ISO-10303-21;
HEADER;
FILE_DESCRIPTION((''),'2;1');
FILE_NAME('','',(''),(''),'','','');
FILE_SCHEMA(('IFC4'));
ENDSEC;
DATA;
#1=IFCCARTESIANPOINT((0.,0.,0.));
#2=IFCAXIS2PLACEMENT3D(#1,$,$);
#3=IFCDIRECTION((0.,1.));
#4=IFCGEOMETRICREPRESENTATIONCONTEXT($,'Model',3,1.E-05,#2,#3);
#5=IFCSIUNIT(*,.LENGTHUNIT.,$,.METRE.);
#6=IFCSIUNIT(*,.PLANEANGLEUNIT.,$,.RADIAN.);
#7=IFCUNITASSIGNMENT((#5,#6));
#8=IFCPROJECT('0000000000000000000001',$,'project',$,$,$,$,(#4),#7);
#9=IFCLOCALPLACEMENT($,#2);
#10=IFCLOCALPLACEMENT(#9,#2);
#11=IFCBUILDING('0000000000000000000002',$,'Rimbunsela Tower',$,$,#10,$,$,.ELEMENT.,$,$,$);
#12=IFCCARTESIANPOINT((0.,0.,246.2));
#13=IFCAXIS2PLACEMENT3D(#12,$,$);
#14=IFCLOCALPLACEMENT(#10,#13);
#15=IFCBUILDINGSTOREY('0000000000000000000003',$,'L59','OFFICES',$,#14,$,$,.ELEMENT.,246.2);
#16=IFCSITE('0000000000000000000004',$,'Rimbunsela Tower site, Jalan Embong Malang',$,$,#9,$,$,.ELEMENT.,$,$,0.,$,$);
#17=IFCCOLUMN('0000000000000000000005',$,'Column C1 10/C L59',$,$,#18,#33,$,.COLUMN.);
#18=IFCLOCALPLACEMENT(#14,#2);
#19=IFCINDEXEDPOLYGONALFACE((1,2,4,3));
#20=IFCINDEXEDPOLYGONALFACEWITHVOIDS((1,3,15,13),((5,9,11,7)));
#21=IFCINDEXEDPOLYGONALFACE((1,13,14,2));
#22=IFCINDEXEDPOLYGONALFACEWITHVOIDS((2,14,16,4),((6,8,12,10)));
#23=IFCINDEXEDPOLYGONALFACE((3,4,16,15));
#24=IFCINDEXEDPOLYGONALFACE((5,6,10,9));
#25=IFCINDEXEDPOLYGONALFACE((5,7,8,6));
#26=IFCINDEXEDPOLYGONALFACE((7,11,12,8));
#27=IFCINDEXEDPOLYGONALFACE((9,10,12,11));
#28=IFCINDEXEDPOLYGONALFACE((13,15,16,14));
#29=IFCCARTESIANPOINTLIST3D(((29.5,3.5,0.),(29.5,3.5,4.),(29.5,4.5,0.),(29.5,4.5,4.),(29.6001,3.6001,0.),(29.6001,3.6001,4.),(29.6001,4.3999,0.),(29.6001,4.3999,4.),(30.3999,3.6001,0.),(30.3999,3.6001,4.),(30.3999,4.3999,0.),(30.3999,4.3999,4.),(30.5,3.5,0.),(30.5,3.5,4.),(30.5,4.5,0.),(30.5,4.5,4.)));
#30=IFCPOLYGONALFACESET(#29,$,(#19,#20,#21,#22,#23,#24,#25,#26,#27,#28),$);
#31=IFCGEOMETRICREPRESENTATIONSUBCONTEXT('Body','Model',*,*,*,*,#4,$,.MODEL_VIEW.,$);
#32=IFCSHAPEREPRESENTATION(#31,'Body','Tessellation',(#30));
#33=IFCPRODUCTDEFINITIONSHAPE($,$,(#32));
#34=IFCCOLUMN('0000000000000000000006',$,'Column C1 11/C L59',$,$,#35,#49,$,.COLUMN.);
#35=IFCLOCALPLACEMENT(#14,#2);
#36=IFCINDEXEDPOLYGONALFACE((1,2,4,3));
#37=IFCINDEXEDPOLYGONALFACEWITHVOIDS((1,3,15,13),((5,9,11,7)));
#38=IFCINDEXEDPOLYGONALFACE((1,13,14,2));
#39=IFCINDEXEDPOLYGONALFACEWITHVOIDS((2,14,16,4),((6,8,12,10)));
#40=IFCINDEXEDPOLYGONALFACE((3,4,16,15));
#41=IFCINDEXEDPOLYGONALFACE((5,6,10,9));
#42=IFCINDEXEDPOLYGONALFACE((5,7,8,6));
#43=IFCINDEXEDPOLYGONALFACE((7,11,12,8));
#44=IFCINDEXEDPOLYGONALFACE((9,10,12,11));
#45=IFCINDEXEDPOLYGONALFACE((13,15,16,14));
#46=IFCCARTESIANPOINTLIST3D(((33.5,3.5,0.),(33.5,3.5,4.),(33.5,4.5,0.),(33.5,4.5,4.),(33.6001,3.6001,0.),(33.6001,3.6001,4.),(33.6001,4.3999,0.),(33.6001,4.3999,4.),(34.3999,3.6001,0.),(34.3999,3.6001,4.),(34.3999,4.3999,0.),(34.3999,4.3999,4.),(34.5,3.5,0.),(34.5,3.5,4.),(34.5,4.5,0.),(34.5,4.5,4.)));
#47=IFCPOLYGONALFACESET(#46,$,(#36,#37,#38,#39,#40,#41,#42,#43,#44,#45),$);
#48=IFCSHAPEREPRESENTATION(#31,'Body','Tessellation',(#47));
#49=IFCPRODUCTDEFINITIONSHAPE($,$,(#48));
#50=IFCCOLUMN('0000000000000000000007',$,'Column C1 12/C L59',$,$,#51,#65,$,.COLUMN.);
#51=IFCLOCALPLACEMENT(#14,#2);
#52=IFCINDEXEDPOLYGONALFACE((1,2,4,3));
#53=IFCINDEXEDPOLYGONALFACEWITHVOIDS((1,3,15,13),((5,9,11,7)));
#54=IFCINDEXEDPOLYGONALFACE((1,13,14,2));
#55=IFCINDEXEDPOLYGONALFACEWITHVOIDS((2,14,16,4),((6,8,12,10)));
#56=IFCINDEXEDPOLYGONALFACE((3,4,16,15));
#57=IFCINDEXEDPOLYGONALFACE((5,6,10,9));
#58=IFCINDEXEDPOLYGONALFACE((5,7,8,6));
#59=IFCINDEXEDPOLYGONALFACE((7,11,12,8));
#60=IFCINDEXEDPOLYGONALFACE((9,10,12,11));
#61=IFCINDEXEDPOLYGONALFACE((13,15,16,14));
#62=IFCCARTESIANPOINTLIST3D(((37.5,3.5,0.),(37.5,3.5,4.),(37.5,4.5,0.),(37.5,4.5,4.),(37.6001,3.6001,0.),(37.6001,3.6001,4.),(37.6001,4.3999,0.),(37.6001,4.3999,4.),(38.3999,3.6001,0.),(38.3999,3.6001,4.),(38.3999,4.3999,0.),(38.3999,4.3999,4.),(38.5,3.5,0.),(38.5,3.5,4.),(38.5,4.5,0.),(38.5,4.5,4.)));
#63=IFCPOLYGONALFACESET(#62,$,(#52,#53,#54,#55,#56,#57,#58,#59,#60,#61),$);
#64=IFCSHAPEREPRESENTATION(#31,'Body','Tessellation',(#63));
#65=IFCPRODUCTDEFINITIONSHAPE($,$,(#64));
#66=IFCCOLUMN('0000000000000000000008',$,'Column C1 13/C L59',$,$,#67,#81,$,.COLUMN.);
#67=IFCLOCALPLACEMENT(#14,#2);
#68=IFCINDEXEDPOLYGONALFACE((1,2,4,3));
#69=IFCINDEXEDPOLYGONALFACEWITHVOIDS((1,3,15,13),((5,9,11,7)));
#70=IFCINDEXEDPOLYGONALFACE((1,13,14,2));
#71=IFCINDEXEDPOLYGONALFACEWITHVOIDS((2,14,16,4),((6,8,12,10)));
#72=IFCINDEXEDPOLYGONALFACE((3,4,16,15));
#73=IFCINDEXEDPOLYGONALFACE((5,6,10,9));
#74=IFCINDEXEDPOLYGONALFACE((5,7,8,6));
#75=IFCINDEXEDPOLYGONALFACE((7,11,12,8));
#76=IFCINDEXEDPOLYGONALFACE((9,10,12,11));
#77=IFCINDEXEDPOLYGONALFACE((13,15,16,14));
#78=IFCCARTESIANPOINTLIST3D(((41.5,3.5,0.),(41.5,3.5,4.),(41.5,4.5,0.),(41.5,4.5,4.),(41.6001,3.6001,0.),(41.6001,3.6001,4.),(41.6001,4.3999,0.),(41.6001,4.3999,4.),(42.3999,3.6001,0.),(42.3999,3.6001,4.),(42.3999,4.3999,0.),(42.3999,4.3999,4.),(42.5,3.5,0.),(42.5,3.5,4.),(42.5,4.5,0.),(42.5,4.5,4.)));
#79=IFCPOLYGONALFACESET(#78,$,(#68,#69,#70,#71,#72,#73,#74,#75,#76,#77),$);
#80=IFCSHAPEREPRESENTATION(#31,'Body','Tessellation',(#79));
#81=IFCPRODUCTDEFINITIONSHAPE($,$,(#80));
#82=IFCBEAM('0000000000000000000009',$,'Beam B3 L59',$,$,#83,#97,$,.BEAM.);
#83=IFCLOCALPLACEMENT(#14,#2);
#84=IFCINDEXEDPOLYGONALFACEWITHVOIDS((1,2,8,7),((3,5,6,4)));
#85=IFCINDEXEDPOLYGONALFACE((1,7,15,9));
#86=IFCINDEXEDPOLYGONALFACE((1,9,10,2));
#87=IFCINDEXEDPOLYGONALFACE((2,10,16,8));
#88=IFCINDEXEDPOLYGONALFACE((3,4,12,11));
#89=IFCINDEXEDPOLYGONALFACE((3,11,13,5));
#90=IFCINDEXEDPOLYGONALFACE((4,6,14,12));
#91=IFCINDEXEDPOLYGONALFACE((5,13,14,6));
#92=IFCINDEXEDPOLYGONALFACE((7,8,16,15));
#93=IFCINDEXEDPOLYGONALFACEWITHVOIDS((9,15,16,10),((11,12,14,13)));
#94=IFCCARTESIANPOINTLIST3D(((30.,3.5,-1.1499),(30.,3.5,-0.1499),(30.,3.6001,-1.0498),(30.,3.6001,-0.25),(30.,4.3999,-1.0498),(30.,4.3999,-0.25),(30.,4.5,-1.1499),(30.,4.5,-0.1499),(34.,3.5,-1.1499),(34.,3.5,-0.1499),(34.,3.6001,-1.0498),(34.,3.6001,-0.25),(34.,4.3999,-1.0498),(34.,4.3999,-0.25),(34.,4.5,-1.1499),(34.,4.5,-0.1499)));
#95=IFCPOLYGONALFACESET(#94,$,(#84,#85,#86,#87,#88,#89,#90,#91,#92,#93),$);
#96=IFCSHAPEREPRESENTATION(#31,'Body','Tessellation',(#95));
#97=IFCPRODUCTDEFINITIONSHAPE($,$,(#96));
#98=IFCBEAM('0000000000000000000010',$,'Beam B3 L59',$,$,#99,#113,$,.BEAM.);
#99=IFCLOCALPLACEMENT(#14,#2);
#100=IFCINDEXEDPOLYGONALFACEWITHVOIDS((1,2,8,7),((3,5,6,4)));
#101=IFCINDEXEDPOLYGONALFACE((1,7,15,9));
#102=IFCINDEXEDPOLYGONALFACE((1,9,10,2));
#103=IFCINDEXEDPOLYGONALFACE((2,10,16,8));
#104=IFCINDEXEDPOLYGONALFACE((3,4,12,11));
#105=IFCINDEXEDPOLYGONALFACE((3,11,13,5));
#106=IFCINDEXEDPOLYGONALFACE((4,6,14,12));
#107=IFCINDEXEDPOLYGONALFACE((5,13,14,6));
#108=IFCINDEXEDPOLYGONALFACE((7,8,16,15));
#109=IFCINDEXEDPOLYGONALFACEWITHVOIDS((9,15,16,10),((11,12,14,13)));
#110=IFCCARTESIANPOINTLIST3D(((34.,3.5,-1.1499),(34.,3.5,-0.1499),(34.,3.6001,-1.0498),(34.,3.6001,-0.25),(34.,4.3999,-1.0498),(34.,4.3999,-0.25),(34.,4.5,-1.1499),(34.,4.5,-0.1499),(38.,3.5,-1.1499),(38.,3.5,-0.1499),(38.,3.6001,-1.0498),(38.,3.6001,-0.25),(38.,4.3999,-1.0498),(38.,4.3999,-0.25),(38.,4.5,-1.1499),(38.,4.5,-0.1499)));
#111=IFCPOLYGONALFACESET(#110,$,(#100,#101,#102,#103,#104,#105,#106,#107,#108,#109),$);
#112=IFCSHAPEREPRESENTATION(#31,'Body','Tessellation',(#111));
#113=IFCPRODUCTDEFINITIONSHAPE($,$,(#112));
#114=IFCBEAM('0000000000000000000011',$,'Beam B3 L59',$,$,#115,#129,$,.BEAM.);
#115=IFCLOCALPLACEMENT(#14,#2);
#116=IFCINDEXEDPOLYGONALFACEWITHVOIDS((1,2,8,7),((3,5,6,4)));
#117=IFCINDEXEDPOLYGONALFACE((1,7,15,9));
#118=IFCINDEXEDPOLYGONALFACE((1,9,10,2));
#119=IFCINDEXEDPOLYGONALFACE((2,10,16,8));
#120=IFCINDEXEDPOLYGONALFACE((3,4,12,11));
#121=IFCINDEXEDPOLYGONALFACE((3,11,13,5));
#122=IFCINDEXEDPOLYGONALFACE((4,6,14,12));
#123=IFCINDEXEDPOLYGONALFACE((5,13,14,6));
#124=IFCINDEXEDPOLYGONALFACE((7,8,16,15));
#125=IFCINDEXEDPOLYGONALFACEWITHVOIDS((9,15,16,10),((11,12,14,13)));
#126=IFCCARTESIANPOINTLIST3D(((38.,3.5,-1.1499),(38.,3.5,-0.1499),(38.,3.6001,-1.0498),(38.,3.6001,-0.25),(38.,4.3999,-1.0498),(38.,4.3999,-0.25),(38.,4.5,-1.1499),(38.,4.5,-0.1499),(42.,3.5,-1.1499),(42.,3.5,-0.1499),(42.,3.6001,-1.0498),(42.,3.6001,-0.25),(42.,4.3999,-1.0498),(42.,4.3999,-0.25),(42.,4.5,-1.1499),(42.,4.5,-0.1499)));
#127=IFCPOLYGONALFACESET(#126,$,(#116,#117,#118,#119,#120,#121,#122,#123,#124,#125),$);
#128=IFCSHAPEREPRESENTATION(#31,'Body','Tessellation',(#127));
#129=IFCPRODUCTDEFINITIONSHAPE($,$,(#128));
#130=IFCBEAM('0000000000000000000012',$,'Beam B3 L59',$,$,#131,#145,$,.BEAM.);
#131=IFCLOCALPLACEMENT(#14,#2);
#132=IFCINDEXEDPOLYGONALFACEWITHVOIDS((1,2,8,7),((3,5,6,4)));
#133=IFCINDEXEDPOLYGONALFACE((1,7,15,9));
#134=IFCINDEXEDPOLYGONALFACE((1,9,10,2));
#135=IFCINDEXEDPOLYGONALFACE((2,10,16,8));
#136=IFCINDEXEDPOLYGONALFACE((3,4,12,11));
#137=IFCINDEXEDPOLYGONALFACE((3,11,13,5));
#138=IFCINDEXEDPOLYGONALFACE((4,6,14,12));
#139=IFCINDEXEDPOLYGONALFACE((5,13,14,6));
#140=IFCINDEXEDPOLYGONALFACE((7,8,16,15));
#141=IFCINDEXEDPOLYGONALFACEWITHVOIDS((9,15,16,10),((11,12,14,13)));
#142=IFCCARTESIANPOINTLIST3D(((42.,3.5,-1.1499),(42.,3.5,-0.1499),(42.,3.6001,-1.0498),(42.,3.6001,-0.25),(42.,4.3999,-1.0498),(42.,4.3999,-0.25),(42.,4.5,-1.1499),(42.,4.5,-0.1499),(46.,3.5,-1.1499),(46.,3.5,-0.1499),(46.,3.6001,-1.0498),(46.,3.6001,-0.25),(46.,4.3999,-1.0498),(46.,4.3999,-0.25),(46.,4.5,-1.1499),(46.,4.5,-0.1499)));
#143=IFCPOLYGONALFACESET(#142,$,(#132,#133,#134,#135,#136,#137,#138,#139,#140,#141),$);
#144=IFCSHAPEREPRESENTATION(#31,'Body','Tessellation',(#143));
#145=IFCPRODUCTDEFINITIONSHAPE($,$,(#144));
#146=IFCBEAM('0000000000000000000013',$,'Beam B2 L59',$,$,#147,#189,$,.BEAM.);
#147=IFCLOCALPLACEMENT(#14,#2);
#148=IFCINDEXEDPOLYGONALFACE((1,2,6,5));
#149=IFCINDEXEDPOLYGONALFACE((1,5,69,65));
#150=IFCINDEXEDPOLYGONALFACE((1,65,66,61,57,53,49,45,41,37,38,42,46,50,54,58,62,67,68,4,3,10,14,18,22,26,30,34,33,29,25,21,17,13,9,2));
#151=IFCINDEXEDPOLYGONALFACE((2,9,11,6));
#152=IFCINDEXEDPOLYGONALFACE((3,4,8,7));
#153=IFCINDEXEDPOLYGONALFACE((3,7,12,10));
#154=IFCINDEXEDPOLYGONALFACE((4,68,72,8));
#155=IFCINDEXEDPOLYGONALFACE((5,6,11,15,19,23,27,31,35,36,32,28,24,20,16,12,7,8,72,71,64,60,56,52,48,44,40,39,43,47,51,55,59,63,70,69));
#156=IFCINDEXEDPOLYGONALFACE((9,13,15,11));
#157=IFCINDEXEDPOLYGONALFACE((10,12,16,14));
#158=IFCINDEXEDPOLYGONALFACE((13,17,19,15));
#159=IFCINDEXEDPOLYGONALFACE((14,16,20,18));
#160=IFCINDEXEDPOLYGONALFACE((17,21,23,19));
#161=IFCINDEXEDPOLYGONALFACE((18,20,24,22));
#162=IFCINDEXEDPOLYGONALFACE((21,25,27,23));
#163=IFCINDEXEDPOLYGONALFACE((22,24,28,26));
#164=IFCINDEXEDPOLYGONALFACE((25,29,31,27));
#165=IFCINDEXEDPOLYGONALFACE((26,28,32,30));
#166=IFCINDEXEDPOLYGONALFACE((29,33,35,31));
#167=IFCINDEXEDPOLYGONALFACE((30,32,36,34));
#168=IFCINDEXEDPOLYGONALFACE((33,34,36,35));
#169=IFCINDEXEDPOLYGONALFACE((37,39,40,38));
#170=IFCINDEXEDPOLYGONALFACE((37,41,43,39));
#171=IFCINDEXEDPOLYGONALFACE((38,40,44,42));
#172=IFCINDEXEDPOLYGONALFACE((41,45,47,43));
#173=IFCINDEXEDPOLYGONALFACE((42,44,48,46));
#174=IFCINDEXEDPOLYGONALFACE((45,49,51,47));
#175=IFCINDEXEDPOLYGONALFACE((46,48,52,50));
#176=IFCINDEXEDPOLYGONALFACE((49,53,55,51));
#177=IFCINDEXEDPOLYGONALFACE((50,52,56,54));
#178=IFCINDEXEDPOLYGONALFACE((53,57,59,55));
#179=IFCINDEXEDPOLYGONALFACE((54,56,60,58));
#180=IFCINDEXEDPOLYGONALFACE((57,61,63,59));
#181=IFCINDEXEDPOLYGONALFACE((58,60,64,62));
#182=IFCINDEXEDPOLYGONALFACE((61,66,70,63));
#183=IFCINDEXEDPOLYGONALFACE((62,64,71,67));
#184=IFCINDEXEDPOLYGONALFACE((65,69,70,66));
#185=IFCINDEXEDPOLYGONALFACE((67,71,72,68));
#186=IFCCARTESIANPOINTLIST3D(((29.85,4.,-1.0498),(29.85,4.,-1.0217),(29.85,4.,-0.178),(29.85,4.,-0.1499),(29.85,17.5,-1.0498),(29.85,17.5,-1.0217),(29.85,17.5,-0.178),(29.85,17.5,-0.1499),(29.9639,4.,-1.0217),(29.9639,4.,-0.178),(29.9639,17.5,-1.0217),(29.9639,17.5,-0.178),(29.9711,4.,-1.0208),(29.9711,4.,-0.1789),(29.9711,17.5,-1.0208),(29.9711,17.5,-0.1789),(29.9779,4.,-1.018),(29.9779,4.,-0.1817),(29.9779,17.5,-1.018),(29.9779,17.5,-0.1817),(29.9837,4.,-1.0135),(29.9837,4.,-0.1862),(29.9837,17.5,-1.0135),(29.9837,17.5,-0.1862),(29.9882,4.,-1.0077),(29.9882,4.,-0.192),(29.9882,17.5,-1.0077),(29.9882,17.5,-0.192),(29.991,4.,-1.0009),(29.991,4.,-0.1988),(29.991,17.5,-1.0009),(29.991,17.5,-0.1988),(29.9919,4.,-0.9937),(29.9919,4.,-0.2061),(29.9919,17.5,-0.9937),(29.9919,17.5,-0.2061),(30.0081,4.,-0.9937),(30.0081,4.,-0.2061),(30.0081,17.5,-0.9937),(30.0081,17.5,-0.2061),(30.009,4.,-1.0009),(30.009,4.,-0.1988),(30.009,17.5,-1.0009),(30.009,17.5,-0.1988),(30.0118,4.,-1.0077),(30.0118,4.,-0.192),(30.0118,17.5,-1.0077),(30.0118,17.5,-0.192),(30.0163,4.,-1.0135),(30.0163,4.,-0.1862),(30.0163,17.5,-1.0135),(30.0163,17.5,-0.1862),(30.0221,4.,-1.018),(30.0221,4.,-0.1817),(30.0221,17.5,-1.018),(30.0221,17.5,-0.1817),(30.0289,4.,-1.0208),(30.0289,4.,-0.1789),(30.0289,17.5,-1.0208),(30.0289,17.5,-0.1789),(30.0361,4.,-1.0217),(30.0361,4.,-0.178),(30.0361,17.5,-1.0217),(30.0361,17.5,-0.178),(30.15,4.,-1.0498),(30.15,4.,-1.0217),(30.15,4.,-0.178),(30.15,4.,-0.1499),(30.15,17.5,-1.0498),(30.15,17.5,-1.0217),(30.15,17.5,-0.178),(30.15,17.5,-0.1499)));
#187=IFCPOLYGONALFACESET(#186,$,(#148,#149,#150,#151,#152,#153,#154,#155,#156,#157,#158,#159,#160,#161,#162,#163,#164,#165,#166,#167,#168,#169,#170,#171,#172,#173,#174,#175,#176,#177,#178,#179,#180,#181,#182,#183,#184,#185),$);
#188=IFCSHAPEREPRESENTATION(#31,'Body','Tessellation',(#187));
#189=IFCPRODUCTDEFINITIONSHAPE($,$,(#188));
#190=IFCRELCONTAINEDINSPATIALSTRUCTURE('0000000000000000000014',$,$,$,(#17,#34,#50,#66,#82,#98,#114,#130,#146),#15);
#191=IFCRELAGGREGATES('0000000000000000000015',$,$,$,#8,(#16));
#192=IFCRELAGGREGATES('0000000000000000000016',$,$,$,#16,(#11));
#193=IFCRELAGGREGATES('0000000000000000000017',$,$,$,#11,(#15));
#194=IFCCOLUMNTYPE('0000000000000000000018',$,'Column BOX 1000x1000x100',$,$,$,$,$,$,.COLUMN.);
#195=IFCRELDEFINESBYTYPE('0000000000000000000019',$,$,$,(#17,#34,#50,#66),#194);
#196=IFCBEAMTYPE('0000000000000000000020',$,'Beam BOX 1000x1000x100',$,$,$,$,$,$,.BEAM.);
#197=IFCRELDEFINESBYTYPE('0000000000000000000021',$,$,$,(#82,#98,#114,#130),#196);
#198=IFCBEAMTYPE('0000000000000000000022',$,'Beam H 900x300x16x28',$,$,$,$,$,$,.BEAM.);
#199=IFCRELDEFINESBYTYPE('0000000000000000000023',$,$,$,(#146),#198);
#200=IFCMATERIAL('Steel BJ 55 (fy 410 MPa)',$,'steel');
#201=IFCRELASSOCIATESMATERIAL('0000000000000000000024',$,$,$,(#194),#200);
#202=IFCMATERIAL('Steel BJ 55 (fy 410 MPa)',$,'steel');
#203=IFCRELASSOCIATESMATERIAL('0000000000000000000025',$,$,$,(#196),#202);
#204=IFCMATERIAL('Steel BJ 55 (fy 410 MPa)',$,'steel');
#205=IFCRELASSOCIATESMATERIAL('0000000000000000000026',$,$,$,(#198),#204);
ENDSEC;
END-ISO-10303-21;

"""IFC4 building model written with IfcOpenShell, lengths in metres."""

from ifc_helpers import new_model, si_unit, direction, frame, origin, origin_2d, place, context, subcontext, project, spatial, hollow_rectangle, i_section, extrude, material, material_profile, profile_set, type_object, element, save


model = new_model("IFC4")

# Units and contexts
model_context = context("Model", 3, precision=1e-05, world=origin(), true_north=direction((0.0, 1.0)))
body_context = subcontext(model_context, "Body", "Model", "MODEL_VIEW")
ifc_project = project(units=[si_unit("LENGTHUNIT", "METRE"), si_unit("PLANEANGLEUNIT", "RADIAN")], contexts=[model_context])

# Site, building, storey
site_placement = place(None, origin())
site = spatial("IfcSite", under=ifc_project, at=site_placement, Name="Rimbunsela Tower site, Jalan Embong Malang", CompositionType="ELEMENT", RefElevation=0.0)
building_placement = place(site_placement, origin())
building = spatial("IfcBuilding", under=site, at=building_placement, Name="Rimbunsela Tower", CompositionType="ELEMENT")
storey_placement = place(building_placement, frame((0.0, 0.0, 246.2)))
storey = spatial("IfcBuildingStorey", under=building, at=storey_placement, Name="L59", Description="OFFICES", CompositionType="ELEMENT", Elevation=246.2)

# Columns
ifc_material_1 = material(Name="Steel BJ 55 (fy 410 MPa)", Category="steel")
ifc_material_profile_1 = material_profile(ifc_material_1, hollow_rectangle(XDim=1.0, YDim=1.0, WallThickness=0.1001, at=origin_2d()), Name="BOX 1000x1000x100")
ifc_profile_set_1 = profile_set([ifc_material_profile_1], Name="Steel BJ 55 (fy 410 MPa)")
column_type = type_object("IfcColumnType", Name="Column BOX 1000x1000x100", PredefinedType="COLUMN", material=ifc_profile_set_1)
for number, where, z_axis, x_axis, name in (
    (1, (30.0, 4.0, 0.0), (0.0, 0.0, 1.0), (1.0, 0.0, 0.0), "Column C1 10/C L59"),
    (2, (34.0, 4.0, 0.0), (0.0, 0.0, 1.0), (1.0, 0.0, 0.0), "Column C1 11/C L59"),
    (3, (38.0, 4.0, 0.0), (0.0, 0.0, 1.0), (1.0, 0.0, 0.0), "Column C1 12/C L59"),
    (4, (42.0, 4.0, 0.0), (0.0, 0.0, 1.0), (1.0, 0.0, 0.0), "Column C1 13/C L59"),
):
    element("IfcColumn", number, at=place(storey_placement, frame(where, z_axis=z_axis, x_axis=x_axis)), inside=storey, type_object=column_type, Name=name, PredefinedType="COLUMN", context=body_context, shape_type="SweptSolid", body=[
        extrude(hollow_rectangle(XDim=1.0, YDim=1.0, WallThickness=0.1001, at=origin_2d()), origin(), (0.0, 0.0, 1.0), 4.0),
    ])

# Beams
ifc_material_2 = material(Name="Steel BJ 55 (fy 410 MPa)", Category="steel")
ifc_material_profile_2 = material_profile(ifc_material_2, hollow_rectangle(XDim=1.0, YDim=1.0, WallThickness=0.1001, at=origin_2d()), Name="BOX 1000x1000x100")
ifc_profile_set_2 = profile_set([ifc_material_profile_2], Name="Steel BJ 55 (fy 410 MPa)")
beam_type_1 = type_object("IfcBeamType", Name="Beam BOX 1000x1000x100", PredefinedType="BEAM", material=ifc_profile_set_2)
for number, where, z_axis, x_axis, name in (
    (5, (30.0, 4.0, -0.6499), (1.0, 0.0, 0.0), (0.0, 1.0, 0.0), "Beam B3 L59"),
    (6, (34.0, 4.0, -0.6499), (1.0, 0.0, 0.0), (0.0, 1.0, 0.0), "Beam B3 L59"),
    (7, (38.0, 4.0, -0.6499), (1.0, 0.0, 0.0), (0.0, 1.0, 0.0), "Beam B3 L59"),
    (8, (42.0, 4.0, -0.6499), (1.0, 0.0, 0.0), (0.0, 1.0, 0.0), "Beam B3 L59"),
):
    element("IfcBeam", number, at=place(storey_placement, frame(where, z_axis=z_axis, x_axis=x_axis)), inside=storey, type_object=beam_type_1, Name=name, PredefinedType="BEAM", context=body_context, shape_type="SweptSolid", body=[
        extrude(hollow_rectangle(XDim=1.0, YDim=1.0, WallThickness=0.1001, at=origin_2d()), origin(), (0.0, 0.0, 1.0), 4.0),
    ])
ifc_material_3 = material(Name="Steel BJ 55 (fy 410 MPa)", Category="steel")
ifc_material_profile_3 = material_profile(ifc_material_3, i_section(OverallWidth=0.3, OverallDepth=0.8999, WebThickness=0.0161, FlangeThickness=0.0281, FilletRadius=0.0281, at=origin_2d()), Name="H 900x300x16x28")
ifc_profile_set_3 = profile_set([ifc_material_profile_3], Name="Steel BJ 55 (fy 410 MPa)")
beam_type_2 = type_object("IfcBeamType", Name="Beam H 900x300x16x28", PredefinedType="BEAM", material=ifc_profile_set_3)
for number, where, z_axis, x_axis, name in (
    (9, (30.0, 4.0, -0.5999), (0.0, 1.0, 0.0), (-1.0, 0.0, 0.0), "Beam B2 L59"),
):
    element("IfcBeam", number, at=place(storey_placement, frame(where, z_axis=z_axis, x_axis=x_axis)), inside=storey, type_object=beam_type_2, Name=name, PredefinedType="BEAM", context=body_context, shape_type="SweptSolid", body=[
        extrude(i_section(OverallWidth=0.3, OverallDepth=0.8999, WebThickness=0.0161, FlangeThickness=0.0281, FilletRadius=0.0281, at=origin_2d()), origin(), (0.0, 0.0, 1.0), 13.5),
    ])

save(model, "model.ifc")
